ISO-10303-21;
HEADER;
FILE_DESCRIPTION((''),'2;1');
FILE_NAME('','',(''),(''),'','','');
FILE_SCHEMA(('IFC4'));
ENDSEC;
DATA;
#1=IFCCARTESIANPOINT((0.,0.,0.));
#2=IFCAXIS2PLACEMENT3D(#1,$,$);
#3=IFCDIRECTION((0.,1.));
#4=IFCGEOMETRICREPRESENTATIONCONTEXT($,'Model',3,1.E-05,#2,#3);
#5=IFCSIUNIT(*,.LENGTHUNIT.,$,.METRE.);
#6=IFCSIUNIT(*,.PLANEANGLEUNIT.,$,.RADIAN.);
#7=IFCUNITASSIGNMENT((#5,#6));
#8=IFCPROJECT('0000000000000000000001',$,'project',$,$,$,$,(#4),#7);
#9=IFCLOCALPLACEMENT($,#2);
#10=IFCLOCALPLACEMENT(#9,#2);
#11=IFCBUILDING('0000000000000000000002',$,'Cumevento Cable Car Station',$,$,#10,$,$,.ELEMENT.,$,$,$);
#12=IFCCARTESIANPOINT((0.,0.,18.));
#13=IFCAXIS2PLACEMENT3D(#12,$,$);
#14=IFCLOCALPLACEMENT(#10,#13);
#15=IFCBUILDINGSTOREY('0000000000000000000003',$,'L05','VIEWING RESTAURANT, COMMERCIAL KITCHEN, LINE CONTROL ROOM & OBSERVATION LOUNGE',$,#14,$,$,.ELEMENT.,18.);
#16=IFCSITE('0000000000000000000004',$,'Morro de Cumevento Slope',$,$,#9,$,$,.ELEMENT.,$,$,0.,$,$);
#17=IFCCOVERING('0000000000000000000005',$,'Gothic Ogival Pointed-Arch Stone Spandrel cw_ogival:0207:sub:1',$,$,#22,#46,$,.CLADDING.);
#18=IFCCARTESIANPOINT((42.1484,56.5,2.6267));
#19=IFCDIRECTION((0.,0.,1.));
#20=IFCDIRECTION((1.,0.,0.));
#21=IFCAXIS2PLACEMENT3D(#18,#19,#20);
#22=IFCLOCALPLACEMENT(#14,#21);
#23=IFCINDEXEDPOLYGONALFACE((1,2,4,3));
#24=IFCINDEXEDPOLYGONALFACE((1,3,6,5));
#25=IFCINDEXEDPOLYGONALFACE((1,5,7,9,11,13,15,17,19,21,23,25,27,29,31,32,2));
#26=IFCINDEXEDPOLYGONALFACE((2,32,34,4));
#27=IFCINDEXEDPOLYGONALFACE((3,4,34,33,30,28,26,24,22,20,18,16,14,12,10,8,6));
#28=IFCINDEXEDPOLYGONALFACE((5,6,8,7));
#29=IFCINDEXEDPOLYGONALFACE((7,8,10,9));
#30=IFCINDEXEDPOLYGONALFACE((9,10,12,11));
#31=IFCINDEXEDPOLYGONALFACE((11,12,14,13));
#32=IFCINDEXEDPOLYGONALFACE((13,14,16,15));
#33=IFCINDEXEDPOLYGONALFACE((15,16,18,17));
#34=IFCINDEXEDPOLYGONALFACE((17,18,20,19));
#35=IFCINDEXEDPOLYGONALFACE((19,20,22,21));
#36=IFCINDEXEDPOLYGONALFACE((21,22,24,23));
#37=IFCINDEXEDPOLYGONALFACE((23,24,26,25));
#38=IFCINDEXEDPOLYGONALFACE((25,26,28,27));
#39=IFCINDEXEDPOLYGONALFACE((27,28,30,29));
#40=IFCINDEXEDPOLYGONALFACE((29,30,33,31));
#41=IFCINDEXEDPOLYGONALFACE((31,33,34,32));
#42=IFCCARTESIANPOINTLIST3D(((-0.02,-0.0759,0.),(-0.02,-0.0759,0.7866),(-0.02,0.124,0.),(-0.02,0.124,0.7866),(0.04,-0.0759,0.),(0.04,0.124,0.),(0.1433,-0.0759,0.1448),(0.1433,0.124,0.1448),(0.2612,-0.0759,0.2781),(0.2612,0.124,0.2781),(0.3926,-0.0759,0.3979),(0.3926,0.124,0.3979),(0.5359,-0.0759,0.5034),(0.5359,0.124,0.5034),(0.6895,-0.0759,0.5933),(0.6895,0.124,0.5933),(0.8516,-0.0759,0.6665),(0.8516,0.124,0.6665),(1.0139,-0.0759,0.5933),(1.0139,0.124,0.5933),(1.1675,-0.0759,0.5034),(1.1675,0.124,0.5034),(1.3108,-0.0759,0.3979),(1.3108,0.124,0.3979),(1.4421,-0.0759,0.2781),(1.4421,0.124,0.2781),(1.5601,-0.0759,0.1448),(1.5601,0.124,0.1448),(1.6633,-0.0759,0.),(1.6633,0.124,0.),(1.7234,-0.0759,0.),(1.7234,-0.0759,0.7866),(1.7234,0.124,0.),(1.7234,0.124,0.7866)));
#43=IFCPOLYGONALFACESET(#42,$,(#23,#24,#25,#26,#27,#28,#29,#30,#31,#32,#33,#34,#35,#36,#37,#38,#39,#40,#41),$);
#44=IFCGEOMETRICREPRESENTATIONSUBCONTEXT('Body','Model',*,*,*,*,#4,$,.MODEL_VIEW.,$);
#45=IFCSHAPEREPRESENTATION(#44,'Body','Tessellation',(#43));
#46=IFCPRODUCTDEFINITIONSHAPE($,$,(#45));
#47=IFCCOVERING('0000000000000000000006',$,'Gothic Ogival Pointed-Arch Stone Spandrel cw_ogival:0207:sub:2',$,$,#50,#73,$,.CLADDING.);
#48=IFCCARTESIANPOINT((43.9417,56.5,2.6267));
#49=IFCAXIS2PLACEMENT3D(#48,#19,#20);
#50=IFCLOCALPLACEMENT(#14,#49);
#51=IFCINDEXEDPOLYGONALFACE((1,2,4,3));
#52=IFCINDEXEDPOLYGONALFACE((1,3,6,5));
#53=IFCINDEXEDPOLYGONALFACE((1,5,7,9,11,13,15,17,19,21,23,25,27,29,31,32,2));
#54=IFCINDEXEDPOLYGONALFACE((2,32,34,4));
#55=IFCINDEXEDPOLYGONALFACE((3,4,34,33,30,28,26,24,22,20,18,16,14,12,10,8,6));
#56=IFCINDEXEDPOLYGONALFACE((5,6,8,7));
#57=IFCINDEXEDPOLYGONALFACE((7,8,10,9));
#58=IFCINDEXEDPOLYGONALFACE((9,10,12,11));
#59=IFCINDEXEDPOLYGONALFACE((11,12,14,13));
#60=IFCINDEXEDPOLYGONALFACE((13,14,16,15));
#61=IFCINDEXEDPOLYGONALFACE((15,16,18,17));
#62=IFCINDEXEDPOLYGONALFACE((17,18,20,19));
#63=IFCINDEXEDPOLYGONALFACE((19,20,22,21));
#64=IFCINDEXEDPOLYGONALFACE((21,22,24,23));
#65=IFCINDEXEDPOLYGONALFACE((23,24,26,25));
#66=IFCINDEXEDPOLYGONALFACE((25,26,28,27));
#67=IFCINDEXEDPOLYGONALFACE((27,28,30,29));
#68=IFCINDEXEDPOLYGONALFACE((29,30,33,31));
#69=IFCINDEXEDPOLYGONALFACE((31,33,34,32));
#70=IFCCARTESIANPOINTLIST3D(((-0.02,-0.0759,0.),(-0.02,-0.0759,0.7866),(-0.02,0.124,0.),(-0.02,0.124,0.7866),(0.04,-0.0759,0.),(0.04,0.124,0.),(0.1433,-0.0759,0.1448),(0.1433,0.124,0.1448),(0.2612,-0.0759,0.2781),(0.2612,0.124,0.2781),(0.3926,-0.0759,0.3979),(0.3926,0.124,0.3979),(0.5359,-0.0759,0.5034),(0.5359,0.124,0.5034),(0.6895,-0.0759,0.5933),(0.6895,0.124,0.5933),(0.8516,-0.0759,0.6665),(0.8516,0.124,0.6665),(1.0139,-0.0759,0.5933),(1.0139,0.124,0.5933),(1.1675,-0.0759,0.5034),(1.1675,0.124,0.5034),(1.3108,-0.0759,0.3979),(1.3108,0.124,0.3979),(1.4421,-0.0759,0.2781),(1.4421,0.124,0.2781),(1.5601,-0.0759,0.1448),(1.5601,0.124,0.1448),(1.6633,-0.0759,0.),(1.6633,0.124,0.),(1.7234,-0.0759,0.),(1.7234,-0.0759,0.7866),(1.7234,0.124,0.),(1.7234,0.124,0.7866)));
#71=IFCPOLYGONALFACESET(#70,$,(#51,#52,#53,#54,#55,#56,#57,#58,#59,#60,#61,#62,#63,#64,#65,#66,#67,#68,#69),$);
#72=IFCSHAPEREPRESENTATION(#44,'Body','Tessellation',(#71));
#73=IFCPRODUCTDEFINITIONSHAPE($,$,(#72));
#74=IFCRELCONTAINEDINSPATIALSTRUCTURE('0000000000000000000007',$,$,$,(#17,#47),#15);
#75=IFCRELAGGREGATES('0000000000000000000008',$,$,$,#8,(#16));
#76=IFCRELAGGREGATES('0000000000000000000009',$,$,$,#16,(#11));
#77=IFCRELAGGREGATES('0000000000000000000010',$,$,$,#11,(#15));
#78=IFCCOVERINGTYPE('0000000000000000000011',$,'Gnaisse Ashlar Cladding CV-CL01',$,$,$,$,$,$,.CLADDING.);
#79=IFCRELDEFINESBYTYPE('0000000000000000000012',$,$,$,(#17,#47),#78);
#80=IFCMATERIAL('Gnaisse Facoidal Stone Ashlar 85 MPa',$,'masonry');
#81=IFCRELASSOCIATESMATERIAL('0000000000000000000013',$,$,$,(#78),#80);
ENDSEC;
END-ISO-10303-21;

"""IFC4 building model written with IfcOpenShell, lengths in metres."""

from ifc_helpers import new_model, si_unit, direction, frame, origin, place, context, subcontext, project, spatial, polyline, outline, extrude, material, type_object, element, save


model = new_model("IFC4")

# Units and contexts
model_context = context("Model", 3, precision=1e-05, world=origin(), true_north=direction((0.0, 1.0)))
body_context = subcontext(model_context, "Body", "Model", "MODEL_VIEW")
ifc_project = project(units=[si_unit("LENGTHUNIT", "METRE"), si_unit("PLANEANGLEUNIT", "RADIAN")], contexts=[model_context])

# Site, building, storey
site_placement = place(None, origin())
site = spatial("IfcSite", under=ifc_project, at=site_placement, Name="Morro de Cumevento Slope", CompositionType="ELEMENT", RefElevation=0.0)
building_placement = place(site_placement, origin())
building = spatial("IfcBuilding", under=site, at=building_placement, Name="Cumevento Cable Car Station", CompositionType="ELEMENT")
storey_placement = place(building_placement, frame((0.0, 0.0, 18.0)))
storey = spatial("IfcBuildingStorey", under=building, at=storey_placement, Name="L05", Description="VIEWING RESTAURANT, COMMERCIAL KITCHEN, LINE CONTROL ROOM & OBSERVATION LOUNGE", CompositionType="ELEMENT", Elevation=18.0)

# Coverings
ifc_material_1 = material(Name="Gnaisse Facoidal Stone Ashlar 85 MPa", Category="masonry")
covering_type = type_object("IfcCoveringType", Name="Gnaisse Ashlar Cladding CV-CL01", PredefinedType="CLADDING", material=ifc_material_1)
for number, where, z_axis, x_axis, name in (
    (1, (42.1484, 56.5, 2.6267), (0.0, 0.0, 1.0), (1.0, 0.0, 0.0), "Gothic Ogival Pointed-Arch Stone Spandrel cw_ogival:0207:sub:1"),
    (2, (43.9417, 56.5, 2.6267), (0.0, 0.0, 1.0), (1.0, 0.0, 0.0), "Gothic Ogival Pointed-Arch Stone Spandrel cw_ogival:0207:sub:2"),
):
    element("IfcCovering", number, at=place(storey_placement, frame(where, z_axis=z_axis, x_axis=x_axis)), inside=storey, type_object=covering_type, Name=name, PredefinedType="CLADDING", context=body_context, shape_type="SweptSolid", body=[
        extrude(outline(polyline([(-0.02, 0.0), (-0.02, 0.7866), (1.7234, 0.7866), (1.7234, 0.0), (1.6633, 0.0), (1.5601, 0.1448), (1.4421, 0.2781), (1.3108, 0.3979), (1.1675, 0.5034), (1.0139, 0.5933), (0.8516, 0.6665), (0.6895, 0.5933), (0.5359, 0.5034), (0.3926, 0.3979), (0.2612, 0.2781), (0.1433, 0.1448), (0.04, 0.0), (-0.02, 0.0)])), frame((0.0, 0.124, 0.0), z_axis=(0.0, -1.0, 0.0), x_axis=(1.0, 0.0, 0.0)), (0.0, 0.0, 1.0), 0.2),
    ])

save(model, "model.ifc")
